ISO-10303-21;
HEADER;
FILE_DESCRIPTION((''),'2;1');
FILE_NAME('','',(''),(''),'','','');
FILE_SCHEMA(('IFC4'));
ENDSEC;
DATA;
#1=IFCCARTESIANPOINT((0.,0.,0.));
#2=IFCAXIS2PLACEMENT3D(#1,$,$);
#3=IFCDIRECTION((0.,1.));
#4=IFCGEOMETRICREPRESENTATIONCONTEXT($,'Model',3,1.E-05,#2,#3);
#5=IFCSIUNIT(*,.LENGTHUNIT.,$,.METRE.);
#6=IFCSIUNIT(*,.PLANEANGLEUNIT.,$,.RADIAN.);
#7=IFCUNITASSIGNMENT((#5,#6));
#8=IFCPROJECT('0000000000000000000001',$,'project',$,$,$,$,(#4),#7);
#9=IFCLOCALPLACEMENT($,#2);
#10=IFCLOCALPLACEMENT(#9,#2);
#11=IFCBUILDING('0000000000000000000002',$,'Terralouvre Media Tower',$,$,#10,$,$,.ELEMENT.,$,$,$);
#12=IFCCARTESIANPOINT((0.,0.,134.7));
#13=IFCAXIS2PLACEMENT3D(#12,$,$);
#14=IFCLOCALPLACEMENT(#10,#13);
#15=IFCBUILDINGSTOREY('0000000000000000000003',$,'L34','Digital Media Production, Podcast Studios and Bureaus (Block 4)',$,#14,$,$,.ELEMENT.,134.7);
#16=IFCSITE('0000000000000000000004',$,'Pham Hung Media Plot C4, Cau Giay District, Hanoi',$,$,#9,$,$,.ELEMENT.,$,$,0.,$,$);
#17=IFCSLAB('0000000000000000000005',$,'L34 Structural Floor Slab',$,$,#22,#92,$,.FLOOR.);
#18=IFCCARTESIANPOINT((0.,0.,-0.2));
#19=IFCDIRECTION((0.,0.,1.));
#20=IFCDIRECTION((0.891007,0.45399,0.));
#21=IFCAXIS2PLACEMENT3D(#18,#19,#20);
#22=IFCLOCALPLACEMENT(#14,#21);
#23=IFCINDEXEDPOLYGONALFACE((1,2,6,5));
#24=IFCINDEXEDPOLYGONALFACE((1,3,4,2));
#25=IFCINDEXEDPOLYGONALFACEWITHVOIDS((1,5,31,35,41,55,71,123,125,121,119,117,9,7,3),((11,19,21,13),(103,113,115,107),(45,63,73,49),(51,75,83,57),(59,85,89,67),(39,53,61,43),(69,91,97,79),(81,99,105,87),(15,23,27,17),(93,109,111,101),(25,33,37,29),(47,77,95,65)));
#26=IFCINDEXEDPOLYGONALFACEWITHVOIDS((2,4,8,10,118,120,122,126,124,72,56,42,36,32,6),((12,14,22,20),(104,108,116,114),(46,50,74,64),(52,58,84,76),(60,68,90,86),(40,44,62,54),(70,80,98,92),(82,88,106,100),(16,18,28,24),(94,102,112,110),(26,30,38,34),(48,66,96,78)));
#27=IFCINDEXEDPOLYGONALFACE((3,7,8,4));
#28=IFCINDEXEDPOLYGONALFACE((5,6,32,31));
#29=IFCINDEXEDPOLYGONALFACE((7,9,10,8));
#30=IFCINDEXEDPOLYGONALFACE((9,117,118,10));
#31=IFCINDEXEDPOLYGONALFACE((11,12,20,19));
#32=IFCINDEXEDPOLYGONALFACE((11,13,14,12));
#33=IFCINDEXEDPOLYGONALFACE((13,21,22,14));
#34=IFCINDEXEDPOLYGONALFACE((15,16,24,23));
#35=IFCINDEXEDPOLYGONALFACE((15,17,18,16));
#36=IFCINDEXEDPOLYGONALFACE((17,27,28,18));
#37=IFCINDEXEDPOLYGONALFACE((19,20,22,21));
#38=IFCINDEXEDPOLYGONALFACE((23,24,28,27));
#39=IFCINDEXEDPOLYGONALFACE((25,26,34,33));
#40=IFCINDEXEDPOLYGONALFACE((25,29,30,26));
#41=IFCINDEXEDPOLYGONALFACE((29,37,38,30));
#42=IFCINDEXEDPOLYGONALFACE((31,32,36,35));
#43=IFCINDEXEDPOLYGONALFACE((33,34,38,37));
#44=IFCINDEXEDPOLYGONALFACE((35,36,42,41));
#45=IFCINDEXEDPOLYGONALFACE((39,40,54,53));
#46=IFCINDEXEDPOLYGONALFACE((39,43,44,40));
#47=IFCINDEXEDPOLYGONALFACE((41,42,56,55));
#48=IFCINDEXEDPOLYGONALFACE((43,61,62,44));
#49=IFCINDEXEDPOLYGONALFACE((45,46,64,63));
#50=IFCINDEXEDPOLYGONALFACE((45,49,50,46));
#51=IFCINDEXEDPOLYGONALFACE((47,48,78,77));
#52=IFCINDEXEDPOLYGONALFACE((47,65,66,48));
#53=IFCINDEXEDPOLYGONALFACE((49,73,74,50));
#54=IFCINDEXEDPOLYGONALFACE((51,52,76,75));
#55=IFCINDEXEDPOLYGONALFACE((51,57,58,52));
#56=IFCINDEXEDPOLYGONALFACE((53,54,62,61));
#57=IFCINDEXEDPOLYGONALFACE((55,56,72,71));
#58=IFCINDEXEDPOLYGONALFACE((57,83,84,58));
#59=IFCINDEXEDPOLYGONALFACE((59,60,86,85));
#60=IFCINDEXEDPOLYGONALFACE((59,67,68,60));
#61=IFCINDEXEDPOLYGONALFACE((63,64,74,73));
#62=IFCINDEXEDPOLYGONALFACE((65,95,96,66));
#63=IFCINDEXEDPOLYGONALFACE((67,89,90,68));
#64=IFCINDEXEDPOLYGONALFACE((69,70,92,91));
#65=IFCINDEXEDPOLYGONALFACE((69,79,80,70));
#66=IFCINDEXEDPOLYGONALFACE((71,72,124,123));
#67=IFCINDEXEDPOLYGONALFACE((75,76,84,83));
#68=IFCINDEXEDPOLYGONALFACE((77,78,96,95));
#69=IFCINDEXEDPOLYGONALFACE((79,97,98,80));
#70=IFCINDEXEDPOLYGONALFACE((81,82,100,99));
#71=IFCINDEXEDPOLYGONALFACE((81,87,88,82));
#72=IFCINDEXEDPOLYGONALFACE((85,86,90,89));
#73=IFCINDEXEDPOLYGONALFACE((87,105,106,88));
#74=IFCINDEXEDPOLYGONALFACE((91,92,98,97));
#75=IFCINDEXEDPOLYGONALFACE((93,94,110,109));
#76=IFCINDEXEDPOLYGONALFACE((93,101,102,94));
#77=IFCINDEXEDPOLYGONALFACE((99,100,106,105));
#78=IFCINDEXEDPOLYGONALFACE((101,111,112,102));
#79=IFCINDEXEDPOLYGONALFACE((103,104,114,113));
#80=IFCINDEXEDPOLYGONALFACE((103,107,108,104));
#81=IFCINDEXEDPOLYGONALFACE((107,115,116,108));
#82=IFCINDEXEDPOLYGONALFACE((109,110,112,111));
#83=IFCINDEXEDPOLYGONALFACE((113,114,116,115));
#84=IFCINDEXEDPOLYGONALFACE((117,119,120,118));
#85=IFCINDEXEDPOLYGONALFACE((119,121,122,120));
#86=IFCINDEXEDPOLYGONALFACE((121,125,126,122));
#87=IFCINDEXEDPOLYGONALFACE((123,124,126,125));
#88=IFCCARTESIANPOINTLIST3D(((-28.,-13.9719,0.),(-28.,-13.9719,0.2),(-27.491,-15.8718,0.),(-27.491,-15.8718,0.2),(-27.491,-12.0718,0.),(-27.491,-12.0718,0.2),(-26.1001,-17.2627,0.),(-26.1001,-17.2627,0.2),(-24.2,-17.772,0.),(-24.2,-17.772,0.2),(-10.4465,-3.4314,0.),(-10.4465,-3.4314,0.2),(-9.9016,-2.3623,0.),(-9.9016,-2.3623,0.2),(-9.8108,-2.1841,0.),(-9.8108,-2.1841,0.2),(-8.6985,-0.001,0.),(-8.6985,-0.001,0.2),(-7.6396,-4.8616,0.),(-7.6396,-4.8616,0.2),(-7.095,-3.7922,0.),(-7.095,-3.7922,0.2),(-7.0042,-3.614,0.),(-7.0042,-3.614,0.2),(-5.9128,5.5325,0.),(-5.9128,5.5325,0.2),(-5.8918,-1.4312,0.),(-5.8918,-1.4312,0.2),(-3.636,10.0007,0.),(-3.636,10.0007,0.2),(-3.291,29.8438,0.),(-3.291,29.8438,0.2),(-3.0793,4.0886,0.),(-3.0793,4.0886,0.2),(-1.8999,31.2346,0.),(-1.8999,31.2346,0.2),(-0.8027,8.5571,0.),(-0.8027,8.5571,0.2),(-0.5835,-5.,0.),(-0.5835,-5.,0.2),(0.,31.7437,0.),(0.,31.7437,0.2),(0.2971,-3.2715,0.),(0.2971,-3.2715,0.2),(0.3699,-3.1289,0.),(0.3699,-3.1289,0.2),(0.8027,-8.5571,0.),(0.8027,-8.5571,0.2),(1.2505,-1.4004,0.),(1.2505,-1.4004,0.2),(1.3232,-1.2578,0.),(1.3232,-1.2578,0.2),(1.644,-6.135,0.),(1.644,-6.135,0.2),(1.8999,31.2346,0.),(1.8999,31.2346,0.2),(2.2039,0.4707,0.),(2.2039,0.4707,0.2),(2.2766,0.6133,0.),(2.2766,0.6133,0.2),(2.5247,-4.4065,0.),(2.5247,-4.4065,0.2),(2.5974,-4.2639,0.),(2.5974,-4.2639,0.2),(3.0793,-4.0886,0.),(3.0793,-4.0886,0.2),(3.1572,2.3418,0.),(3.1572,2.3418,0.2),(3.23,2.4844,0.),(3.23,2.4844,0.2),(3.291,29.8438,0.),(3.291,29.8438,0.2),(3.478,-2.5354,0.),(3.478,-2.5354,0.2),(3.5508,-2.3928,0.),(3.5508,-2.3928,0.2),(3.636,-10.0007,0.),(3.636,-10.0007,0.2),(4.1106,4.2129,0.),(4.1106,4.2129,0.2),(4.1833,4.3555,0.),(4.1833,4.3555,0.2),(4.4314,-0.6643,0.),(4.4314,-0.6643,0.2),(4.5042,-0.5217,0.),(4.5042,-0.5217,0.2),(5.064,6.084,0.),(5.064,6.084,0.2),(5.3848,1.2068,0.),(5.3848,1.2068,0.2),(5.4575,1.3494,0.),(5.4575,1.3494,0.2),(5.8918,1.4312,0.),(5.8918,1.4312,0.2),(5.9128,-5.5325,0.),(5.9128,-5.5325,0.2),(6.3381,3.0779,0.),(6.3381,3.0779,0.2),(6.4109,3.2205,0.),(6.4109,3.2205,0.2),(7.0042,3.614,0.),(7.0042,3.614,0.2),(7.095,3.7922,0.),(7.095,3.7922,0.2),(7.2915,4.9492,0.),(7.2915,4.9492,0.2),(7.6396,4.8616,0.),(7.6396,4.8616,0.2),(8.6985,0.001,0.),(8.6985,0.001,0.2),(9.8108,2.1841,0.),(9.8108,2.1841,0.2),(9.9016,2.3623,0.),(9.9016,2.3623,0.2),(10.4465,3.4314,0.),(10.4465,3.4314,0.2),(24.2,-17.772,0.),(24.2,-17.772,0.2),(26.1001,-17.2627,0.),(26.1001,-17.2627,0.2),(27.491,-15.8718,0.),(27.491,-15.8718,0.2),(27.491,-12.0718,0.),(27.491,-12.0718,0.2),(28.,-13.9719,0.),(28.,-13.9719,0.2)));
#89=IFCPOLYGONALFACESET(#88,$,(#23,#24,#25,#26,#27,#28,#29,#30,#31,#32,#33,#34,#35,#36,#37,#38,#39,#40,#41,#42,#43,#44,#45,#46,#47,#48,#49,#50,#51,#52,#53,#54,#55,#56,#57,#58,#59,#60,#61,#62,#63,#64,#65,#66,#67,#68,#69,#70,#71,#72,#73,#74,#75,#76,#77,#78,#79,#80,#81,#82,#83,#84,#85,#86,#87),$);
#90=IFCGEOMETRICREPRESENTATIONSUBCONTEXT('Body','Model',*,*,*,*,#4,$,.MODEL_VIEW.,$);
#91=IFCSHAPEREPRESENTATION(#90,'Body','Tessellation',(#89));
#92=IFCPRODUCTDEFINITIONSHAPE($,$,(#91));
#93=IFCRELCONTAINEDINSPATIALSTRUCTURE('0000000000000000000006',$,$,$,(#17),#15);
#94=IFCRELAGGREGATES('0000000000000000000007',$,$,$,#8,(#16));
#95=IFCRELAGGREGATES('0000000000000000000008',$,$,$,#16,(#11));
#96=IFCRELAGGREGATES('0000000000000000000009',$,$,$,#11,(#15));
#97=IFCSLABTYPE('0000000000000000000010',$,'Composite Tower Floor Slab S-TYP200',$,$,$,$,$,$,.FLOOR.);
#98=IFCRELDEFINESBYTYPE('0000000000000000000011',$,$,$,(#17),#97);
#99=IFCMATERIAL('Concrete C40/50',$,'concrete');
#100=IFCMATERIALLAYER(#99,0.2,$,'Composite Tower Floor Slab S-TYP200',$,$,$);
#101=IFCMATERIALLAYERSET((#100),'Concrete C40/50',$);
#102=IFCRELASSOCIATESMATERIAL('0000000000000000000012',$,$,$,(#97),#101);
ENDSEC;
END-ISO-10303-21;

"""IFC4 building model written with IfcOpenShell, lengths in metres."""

from ifc_helpers import new_model, si_unit, direction, frame, origin, place, context, subcontext, project, spatial, polyline, outline, extrude, material, layer, layer_set, type_object, element, save


model = new_model("IFC4")

# Units and contexts
model_context = context("Model", 3, precision=1e-05, world=origin(), true_north=direction((0.0, 1.0)))
body_context = subcontext(model_context, "Body", "Model", "MODEL_VIEW")
ifc_project = project(units=[si_unit("LENGTHUNIT", "METRE"), si_unit("PLANEANGLEUNIT", "RADIAN")], contexts=[model_context])

# Site, building, storey
site_placement = place(None, origin())
site = spatial("IfcSite", under=ifc_project, at=site_placement, Name="Pham Hung Media Plot C4, Cau Giay District, Hanoi", CompositionType="ELEMENT", RefElevation=0.0)
building_placement = place(site_placement, origin())
building = spatial("IfcBuilding", under=site, at=building_placement, Name="Terralouvre Media Tower", CompositionType="ELEMENT")
storey_placement = place(building_placement, frame((0.0, 0.0, 134.7)))
storey = spatial("IfcBuildingStorey", under=building, at=storey_placement, Name="L34", Description="Digital Media Production, Podcast Studios and Bureaus (Block 4)", CompositionType="ELEMENT", Elevation=134.7)

# Slab
ifc_material_1 = material(Name="Concrete C40/50", Category="concrete")
ifc_layer_1 = layer(ifc_material_1, 0.2, Name="Composite Tower Floor Slab S-TYP200")
ifc_layer_set_1 = layer_set([ifc_layer_1], Name="Concrete C40/50")
slab_type = type_object("IfcSlabType", Name="Composite Tower Floor Slab S-TYP200", PredefinedType="FLOOR", material=ifc_layer_set_1)
slab_placement = place(storey_placement, frame((0.0, 0.0, -0.2), z_axis=(0.0, 0.0, 1.0), x_axis=(0.891007, 0.45399, 0.0)))
element("IfcSlab", 1, at=slab_placement, inside=storey, type_object=slab_type, Name="L34 Structural Floor Slab", PredefinedType="FLOOR", context=body_context, shape_type="SweptSolid", body=[
    extrude(outline(polyline([(-27.491, -12.0718), (-28.0, -13.9719), (-27.491, -15.8718), (-26.1001, -17.2627), (-24.2, -17.772), (24.2, -17.772), (26.1001, -17.2627), (27.491, -15.8718), (28.0, -13.9719), (27.491, -12.0718), (3.291, 29.8438), (1.8999, 31.2346), (0.0, 31.7437), (-1.8999, 31.2346), (-3.291, 29.8438), (-27.491, -12.0718)]), holes=[polyline([(-7.095, -3.7922), (-7.6396, -4.8616), (-10.4465, -3.4314), (-9.9016, -2.3623), (-7.095, -3.7922)]), polyline([(-7.0042, -3.614), (-9.8108, -2.1841), (-8.6985, -0.001), (-5.8918, -1.4312), (-7.0042, -3.614)]), polyline([(4.5042, -0.5217), (2.2766, 0.6133), (3.1572, 2.3418), (5.3848, 1.2068), (4.5042, -0.5217)]), polyline([(6.3381, 3.0779), (5.4575, 1.3494), (3.23, 2.4844), (4.1106, 4.2129), (6.3381, 3.0779)]), polyline([(-3.0793, 4.0886), (-5.9128, 5.5325), (-3.636, 10.0007), (-0.8027, 8.5571), (-3.0793, 4.0886)]), polyline([(6.4109, 3.2205), (4.1833, 4.3555), (5.064, 6.084), (7.2915, 4.9492), (6.4109, 3.2205)]), polyline([(0.8027, -8.5571), (3.0793, -4.0886), (5.9128, -5.5325), (3.636, -10.0007), (0.8027, -8.5571)]), polyline([(1.644, -6.135), (-0.5835, -5.0), (0.2971, -3.2715), (2.5247, -4.4065), (1.644, -6.135)]), polyline([(2.5974, -4.2639), (0.3699, -3.1289), (1.2505, -1.4004), (3.478, -2.5354), (2.5974, -4.2639)]), polyline([(4.4314, -0.6643), (3.5508, -2.3928), (1.3232, -1.2578), (2.2039, 0.4707), (4.4314, -0.6643)]), polyline([(8.6985, 0.001), (5.8918, 1.4312), (7.0042, 3.614), (9.8108, 2.1841), (8.6985, 0.001)]), polyline([(9.9016, 2.3623), (7.095, 3.7922), (7.6396, 4.8616), (10.4465, 3.4314), (9.9016, 2.3623)])]), origin(), (0.0, 0.0, 1.0), 0.2),
])

save(model, "model.ifc")
